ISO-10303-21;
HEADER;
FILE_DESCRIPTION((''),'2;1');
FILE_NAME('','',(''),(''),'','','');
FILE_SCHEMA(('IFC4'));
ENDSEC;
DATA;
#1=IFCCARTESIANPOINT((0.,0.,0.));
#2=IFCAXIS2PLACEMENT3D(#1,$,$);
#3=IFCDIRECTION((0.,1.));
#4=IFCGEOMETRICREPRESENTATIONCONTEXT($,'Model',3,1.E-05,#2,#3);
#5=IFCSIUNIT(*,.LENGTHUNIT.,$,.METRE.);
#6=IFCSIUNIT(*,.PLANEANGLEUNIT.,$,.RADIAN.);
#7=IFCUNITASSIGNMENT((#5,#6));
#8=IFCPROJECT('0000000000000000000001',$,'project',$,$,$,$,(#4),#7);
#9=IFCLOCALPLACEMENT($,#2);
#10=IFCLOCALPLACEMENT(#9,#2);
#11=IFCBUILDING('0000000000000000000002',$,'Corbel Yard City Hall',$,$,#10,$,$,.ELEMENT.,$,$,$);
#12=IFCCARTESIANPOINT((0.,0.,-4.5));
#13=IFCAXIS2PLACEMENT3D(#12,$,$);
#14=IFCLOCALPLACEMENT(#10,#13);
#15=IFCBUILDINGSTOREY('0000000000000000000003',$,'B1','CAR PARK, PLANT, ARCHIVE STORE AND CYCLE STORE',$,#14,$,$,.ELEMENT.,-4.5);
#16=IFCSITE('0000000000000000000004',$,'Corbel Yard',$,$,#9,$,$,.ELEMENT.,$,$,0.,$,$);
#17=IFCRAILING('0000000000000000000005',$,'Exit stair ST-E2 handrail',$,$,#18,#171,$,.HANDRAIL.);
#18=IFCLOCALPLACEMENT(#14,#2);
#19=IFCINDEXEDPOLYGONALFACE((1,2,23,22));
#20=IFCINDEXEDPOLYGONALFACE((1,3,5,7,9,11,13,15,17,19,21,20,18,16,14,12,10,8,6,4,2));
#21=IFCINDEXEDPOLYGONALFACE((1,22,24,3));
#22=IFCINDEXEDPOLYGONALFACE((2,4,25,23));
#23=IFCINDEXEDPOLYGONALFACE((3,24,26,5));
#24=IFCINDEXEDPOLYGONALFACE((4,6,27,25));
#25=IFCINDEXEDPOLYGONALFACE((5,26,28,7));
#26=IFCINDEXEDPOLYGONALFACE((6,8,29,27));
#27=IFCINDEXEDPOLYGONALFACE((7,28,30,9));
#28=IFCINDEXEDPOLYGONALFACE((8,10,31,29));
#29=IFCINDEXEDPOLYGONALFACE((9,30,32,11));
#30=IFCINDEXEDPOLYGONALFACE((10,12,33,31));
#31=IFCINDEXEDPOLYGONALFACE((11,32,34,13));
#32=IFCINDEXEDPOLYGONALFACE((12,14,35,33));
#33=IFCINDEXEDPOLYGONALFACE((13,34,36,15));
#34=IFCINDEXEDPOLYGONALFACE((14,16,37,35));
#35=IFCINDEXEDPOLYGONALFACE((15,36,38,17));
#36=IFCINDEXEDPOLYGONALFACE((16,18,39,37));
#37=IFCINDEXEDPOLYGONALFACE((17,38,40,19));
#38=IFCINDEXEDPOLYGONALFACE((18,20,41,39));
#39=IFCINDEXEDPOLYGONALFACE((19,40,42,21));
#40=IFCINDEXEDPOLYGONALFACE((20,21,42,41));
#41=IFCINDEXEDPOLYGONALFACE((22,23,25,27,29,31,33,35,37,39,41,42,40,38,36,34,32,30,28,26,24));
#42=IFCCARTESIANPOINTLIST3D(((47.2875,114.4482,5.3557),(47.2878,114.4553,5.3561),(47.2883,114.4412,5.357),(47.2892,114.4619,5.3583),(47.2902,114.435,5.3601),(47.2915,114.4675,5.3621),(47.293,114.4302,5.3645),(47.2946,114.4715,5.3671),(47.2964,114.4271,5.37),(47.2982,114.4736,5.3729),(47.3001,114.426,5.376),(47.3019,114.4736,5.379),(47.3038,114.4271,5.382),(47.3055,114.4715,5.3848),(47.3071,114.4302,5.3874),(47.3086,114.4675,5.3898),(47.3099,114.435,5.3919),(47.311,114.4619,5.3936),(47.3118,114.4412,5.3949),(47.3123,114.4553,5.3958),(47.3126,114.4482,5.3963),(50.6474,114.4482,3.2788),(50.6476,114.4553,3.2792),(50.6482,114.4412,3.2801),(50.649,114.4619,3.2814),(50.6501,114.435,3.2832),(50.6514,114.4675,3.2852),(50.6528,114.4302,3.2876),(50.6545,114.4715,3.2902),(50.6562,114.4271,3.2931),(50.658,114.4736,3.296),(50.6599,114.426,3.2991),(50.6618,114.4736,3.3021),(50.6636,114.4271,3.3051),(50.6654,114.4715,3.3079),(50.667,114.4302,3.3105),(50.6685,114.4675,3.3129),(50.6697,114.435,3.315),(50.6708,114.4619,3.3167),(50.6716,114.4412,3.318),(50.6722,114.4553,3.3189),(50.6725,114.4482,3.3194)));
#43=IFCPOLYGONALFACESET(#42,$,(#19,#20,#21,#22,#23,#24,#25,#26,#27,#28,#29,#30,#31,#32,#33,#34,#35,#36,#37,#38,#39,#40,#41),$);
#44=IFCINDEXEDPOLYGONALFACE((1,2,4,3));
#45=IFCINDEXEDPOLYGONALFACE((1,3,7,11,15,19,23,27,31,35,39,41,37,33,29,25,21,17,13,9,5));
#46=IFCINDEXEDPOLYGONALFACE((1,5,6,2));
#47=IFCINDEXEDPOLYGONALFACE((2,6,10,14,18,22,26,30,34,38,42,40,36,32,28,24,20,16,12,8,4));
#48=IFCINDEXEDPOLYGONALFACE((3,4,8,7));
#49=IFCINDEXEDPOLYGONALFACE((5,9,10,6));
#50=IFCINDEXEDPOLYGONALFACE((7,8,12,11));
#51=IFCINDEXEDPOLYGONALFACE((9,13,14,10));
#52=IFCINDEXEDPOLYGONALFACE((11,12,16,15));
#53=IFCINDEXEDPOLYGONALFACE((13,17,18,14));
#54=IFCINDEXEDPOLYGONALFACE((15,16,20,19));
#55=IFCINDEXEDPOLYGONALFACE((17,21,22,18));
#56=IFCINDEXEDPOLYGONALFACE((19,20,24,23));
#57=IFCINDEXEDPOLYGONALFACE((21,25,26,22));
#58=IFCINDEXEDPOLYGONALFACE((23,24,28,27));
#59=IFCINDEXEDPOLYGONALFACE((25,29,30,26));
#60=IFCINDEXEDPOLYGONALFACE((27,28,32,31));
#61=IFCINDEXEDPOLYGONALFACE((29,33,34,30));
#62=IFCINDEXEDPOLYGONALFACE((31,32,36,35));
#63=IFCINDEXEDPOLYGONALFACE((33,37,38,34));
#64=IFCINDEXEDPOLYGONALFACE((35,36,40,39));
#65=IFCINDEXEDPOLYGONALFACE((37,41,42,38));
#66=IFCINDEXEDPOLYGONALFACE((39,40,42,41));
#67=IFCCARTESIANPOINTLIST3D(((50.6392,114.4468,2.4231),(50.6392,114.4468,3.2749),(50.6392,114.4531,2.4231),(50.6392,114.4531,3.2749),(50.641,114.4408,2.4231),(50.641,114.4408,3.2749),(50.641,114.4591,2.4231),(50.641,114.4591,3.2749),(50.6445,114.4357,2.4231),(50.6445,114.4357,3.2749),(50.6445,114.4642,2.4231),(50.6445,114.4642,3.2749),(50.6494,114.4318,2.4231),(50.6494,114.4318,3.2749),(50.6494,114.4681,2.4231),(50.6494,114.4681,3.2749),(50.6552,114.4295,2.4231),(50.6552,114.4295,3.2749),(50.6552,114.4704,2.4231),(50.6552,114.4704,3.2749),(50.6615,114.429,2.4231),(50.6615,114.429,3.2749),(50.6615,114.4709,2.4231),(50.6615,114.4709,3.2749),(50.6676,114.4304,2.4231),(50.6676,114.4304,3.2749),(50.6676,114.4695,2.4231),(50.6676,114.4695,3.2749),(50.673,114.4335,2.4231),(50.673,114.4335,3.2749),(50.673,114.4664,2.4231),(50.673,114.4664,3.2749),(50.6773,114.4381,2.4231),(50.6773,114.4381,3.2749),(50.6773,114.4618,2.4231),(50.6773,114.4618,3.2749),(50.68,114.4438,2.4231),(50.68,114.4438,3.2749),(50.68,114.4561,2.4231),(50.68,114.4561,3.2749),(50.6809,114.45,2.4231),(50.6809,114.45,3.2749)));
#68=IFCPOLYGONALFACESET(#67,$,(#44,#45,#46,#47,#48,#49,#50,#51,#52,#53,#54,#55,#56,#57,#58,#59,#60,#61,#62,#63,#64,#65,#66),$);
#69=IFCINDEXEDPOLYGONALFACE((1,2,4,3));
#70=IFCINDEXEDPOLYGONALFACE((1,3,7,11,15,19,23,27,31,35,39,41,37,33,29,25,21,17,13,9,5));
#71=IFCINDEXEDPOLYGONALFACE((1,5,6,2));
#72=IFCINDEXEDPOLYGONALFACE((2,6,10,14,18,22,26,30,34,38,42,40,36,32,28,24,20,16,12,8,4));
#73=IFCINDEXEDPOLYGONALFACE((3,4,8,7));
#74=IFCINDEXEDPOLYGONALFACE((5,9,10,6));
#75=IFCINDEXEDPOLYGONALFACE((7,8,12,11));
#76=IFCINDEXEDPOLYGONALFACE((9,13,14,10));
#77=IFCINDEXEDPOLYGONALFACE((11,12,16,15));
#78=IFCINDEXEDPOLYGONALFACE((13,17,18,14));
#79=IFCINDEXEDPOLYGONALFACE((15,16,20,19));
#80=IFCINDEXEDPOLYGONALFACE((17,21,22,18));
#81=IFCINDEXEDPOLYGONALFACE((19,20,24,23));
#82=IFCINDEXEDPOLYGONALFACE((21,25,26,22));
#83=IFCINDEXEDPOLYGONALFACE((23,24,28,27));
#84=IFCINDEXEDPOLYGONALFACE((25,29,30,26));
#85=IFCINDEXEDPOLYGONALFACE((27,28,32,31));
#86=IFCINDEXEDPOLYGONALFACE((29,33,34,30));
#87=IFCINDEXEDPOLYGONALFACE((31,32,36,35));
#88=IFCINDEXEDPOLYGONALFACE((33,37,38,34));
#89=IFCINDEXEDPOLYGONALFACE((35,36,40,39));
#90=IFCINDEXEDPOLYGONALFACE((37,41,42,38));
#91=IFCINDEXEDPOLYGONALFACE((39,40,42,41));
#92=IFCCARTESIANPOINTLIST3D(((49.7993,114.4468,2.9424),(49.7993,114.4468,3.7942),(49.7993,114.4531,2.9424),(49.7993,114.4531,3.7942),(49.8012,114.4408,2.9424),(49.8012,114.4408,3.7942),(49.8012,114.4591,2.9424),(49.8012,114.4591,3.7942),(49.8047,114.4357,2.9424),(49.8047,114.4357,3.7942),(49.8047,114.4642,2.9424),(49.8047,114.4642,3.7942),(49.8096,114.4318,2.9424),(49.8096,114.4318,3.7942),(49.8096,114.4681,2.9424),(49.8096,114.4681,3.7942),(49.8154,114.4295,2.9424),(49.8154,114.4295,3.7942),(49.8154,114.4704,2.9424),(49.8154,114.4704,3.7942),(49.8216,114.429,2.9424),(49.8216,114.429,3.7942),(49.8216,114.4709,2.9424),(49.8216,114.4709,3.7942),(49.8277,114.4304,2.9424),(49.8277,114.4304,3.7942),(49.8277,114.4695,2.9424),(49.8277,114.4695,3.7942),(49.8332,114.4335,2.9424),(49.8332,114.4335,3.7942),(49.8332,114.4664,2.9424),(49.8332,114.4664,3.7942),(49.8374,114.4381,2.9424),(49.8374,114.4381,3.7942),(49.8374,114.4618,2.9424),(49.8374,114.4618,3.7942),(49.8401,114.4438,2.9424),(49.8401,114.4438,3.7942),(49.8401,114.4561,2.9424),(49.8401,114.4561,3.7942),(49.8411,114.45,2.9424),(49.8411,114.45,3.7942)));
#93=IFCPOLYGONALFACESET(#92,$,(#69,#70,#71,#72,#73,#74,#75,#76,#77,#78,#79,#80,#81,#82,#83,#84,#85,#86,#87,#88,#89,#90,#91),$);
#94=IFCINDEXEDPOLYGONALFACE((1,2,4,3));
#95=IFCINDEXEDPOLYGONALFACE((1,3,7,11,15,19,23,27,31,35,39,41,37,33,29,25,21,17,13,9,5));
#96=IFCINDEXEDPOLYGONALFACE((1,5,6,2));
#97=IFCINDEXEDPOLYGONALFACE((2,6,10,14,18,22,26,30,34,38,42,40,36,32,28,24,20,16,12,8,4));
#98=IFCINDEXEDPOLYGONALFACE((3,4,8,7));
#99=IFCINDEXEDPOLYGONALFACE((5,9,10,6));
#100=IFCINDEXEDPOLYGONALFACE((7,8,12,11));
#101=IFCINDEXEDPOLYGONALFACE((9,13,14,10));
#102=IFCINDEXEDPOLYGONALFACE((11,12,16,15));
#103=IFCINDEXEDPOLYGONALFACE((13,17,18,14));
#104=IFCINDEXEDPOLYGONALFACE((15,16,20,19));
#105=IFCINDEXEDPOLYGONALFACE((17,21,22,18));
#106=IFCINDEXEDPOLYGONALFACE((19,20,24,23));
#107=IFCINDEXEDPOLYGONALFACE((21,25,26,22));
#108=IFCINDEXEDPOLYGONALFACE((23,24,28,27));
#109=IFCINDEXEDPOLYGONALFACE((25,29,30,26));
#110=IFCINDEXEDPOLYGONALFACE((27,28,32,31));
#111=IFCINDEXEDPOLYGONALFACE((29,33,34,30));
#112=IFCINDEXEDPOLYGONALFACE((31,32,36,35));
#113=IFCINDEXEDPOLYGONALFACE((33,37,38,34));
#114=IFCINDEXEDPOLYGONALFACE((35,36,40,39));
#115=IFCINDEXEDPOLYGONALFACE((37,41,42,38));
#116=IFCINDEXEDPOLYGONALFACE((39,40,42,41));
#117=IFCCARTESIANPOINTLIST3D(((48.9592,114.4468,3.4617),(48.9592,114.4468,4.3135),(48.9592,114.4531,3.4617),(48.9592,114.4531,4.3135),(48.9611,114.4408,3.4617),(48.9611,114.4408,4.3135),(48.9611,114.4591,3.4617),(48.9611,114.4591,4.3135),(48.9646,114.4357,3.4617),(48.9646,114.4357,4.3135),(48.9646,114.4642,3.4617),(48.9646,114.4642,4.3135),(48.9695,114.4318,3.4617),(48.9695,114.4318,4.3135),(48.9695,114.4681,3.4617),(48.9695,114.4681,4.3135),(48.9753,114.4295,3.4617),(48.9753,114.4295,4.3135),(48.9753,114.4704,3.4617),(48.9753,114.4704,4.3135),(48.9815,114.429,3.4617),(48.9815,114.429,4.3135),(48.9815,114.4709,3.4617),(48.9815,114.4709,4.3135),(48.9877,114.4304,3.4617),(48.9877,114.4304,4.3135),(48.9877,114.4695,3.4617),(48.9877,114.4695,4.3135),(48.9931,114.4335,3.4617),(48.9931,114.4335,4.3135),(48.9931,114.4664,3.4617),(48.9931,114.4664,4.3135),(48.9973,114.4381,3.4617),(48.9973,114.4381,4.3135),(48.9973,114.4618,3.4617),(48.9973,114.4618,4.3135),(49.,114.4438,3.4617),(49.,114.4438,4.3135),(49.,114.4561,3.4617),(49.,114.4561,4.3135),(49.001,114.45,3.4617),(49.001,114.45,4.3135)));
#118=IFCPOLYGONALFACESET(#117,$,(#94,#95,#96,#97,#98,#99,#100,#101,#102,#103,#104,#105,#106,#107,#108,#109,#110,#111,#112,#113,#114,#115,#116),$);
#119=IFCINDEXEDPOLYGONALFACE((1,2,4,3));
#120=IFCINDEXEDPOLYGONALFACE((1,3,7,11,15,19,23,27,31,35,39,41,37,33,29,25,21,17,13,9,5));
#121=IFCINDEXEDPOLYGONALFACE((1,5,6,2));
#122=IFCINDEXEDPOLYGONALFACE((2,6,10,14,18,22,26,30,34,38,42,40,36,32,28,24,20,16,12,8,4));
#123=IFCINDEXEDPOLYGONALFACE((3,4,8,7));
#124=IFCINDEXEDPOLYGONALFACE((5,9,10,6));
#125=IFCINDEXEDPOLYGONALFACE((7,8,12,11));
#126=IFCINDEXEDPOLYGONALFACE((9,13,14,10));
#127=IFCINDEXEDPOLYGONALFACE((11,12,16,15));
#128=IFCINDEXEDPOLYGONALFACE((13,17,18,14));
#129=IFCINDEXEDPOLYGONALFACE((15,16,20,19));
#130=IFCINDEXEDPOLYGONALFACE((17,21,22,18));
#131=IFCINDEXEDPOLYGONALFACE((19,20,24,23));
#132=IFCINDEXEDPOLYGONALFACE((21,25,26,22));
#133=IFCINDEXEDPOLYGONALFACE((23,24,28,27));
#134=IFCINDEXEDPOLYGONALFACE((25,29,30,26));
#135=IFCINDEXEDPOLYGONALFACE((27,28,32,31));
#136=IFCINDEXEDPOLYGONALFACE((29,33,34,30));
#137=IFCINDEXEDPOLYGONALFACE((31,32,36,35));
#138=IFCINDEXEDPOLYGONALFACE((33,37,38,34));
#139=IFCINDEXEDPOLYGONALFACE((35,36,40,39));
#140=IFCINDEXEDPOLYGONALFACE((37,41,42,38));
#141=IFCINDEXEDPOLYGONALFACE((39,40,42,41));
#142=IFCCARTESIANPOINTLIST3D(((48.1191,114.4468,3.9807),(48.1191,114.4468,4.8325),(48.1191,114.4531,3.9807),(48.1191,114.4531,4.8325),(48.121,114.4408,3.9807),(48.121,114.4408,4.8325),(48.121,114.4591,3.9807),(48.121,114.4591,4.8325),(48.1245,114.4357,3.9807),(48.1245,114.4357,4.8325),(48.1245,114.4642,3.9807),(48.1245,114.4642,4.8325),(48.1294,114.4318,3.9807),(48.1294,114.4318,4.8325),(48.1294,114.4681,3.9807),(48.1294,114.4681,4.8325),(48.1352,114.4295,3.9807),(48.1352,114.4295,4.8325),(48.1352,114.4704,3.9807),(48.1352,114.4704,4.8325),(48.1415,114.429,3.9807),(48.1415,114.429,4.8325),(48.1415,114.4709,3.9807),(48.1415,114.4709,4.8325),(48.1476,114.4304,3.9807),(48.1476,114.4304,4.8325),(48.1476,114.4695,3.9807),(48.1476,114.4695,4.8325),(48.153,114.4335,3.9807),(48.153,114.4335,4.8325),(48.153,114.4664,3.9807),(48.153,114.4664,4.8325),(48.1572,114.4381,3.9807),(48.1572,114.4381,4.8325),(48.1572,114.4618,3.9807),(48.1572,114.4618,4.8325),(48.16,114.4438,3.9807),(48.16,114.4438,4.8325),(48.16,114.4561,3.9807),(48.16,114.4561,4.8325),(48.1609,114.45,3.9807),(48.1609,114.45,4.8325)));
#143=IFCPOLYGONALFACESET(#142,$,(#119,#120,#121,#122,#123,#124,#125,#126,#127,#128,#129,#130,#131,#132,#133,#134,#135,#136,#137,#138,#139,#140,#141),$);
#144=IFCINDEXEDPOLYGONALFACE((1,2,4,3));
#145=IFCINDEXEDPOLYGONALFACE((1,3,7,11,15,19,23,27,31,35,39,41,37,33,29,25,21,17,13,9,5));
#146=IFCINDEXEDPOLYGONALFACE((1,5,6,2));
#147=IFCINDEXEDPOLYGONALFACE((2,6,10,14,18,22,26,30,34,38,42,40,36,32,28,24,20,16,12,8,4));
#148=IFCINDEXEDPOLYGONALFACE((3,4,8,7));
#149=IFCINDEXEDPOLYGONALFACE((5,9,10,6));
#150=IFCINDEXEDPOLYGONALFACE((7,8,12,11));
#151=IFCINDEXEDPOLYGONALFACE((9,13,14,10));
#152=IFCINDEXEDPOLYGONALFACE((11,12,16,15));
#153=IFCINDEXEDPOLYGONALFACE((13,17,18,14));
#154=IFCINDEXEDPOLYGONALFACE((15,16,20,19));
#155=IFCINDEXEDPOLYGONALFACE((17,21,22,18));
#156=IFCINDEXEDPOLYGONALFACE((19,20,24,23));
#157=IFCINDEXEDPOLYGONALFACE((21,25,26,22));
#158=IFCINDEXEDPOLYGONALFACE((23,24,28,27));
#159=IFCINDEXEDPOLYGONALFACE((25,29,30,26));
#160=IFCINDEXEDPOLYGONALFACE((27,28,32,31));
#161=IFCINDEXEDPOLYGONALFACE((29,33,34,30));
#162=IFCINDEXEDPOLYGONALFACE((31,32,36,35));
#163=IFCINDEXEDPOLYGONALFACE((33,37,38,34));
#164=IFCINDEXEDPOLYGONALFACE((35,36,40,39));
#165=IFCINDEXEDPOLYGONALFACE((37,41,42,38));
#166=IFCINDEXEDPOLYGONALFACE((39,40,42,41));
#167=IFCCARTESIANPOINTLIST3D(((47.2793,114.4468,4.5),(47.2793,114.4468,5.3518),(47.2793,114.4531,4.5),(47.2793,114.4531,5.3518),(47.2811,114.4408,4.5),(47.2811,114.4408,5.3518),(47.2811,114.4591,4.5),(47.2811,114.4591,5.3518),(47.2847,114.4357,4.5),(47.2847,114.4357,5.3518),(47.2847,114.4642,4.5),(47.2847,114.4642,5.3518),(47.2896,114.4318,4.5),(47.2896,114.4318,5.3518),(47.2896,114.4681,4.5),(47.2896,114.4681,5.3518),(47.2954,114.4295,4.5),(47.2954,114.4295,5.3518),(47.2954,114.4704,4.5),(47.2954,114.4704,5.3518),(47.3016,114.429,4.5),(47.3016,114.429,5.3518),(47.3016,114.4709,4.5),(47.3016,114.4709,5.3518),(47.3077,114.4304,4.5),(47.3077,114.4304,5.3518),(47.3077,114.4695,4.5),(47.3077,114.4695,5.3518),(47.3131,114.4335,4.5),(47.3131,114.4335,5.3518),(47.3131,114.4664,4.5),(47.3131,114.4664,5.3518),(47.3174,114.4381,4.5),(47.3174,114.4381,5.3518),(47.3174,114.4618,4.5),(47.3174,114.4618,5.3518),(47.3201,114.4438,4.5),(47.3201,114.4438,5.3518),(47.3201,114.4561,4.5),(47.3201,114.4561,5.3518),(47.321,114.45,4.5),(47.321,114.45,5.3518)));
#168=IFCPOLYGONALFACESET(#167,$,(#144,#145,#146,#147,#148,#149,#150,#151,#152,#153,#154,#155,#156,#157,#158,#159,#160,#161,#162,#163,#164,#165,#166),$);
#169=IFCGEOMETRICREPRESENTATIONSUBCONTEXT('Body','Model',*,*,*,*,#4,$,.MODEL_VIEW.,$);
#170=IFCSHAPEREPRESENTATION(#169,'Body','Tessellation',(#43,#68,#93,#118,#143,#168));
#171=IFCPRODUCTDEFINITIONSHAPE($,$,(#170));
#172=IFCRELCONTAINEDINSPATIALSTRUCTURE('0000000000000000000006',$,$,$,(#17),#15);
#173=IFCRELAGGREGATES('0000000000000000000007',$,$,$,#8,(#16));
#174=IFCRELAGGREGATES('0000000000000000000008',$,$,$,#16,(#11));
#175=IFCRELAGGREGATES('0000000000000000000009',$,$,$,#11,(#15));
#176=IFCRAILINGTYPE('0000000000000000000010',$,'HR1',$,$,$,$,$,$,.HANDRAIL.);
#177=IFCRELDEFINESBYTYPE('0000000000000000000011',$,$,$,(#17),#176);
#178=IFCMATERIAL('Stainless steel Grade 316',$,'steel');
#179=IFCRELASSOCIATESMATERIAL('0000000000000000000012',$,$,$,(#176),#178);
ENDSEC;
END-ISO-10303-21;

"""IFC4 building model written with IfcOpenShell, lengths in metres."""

from ifc_helpers import new_model, si_unit, direction, frame, origin, origin_2d, place, context, subcontext, project, spatial, circle, extrude, material, type_object, element, save


model = new_model("IFC4")

# Units and contexts
model_context = context("Model", 3, precision=1e-05, world=origin(), true_north=direction((0.0, 1.0)))
body_context = subcontext(model_context, "Body", "Model", "MODEL_VIEW")
ifc_project = project(units=[si_unit("LENGTHUNIT", "METRE"), si_unit("PLANEANGLEUNIT", "RADIAN")], contexts=[model_context])

# Site, building, storey
site_placement = place(None, origin())
site = spatial("IfcSite", under=ifc_project, at=site_placement, Name="Corbel Yard", CompositionType="ELEMENT", RefElevation=0.0)
building_placement = place(site_placement, origin())
building = spatial("IfcBuilding", under=site, at=building_placement, Name="Corbel Yard City Hall", CompositionType="ELEMENT")
storey_placement = place(building_placement, frame((0.0, 0.0, -4.5)))
storey = spatial("IfcBuildingStorey", under=building, at=storey_placement, Name="B1", Description="CAR PARK, PLANT, ARCHIVE STORE AND CYCLE STORE", CompositionType="ELEMENT", Elevation=-4.5)

# Railing
ifc_material_1 = material(Name="Stainless steel Grade 316", Category="steel")
railing_type = type_object("IfcRailingType", Name="HR1", PredefinedType="HANDRAIL", material=ifc_material_1)
for number, where, name in (
    (1, (50.6599, 114.45, 2.4231), "Exit stair ST-E2 handrail"),
):
    element("IfcRailing", number, at=place(storey_placement, frame(where)), inside=storey, type_object=railing_type, Name=name, PredefinedType="HANDRAIL", context=body_context, shape_type="SweptSolid", body=[
        extrude(circle(Radius=0.0239, at=origin_2d()), frame((0.0, 0.0, 0.876), z_axis=(-0.850606, 0.0, 0.525803), x_axis=(0.0, -1.0, 0.0)), (0.0, 0.0, 1.0), 3.95),
        extrude(circle(Radius=0.021, at=origin_2d()), origin(), (0.0, 0.0, 1.0), 0.8518),
        extrude(circle(Radius=0.021, at=origin_2d()), frame((-0.8398, 0.0, 0.5193)), (0.0, 0.0, 1.0), 0.8518),
        extrude(circle(Radius=0.021, at=origin_2d()), frame((-1.6799, 0.0, 1.0386)), (0.0, 0.0, 1.0), 0.8518),
        extrude(circle(Radius=0.021, at=origin_2d()), frame((-2.52, 0.0, 1.5576)), (0.0, 0.0, 1.0), 0.8518),
        extrude(circle(Radius=0.021, at=origin_2d()), frame((-3.3599, 0.0, 2.0769)), (0.0, 0.0, 1.0), 0.8518),
    ])

save(model, "model.ifc")
